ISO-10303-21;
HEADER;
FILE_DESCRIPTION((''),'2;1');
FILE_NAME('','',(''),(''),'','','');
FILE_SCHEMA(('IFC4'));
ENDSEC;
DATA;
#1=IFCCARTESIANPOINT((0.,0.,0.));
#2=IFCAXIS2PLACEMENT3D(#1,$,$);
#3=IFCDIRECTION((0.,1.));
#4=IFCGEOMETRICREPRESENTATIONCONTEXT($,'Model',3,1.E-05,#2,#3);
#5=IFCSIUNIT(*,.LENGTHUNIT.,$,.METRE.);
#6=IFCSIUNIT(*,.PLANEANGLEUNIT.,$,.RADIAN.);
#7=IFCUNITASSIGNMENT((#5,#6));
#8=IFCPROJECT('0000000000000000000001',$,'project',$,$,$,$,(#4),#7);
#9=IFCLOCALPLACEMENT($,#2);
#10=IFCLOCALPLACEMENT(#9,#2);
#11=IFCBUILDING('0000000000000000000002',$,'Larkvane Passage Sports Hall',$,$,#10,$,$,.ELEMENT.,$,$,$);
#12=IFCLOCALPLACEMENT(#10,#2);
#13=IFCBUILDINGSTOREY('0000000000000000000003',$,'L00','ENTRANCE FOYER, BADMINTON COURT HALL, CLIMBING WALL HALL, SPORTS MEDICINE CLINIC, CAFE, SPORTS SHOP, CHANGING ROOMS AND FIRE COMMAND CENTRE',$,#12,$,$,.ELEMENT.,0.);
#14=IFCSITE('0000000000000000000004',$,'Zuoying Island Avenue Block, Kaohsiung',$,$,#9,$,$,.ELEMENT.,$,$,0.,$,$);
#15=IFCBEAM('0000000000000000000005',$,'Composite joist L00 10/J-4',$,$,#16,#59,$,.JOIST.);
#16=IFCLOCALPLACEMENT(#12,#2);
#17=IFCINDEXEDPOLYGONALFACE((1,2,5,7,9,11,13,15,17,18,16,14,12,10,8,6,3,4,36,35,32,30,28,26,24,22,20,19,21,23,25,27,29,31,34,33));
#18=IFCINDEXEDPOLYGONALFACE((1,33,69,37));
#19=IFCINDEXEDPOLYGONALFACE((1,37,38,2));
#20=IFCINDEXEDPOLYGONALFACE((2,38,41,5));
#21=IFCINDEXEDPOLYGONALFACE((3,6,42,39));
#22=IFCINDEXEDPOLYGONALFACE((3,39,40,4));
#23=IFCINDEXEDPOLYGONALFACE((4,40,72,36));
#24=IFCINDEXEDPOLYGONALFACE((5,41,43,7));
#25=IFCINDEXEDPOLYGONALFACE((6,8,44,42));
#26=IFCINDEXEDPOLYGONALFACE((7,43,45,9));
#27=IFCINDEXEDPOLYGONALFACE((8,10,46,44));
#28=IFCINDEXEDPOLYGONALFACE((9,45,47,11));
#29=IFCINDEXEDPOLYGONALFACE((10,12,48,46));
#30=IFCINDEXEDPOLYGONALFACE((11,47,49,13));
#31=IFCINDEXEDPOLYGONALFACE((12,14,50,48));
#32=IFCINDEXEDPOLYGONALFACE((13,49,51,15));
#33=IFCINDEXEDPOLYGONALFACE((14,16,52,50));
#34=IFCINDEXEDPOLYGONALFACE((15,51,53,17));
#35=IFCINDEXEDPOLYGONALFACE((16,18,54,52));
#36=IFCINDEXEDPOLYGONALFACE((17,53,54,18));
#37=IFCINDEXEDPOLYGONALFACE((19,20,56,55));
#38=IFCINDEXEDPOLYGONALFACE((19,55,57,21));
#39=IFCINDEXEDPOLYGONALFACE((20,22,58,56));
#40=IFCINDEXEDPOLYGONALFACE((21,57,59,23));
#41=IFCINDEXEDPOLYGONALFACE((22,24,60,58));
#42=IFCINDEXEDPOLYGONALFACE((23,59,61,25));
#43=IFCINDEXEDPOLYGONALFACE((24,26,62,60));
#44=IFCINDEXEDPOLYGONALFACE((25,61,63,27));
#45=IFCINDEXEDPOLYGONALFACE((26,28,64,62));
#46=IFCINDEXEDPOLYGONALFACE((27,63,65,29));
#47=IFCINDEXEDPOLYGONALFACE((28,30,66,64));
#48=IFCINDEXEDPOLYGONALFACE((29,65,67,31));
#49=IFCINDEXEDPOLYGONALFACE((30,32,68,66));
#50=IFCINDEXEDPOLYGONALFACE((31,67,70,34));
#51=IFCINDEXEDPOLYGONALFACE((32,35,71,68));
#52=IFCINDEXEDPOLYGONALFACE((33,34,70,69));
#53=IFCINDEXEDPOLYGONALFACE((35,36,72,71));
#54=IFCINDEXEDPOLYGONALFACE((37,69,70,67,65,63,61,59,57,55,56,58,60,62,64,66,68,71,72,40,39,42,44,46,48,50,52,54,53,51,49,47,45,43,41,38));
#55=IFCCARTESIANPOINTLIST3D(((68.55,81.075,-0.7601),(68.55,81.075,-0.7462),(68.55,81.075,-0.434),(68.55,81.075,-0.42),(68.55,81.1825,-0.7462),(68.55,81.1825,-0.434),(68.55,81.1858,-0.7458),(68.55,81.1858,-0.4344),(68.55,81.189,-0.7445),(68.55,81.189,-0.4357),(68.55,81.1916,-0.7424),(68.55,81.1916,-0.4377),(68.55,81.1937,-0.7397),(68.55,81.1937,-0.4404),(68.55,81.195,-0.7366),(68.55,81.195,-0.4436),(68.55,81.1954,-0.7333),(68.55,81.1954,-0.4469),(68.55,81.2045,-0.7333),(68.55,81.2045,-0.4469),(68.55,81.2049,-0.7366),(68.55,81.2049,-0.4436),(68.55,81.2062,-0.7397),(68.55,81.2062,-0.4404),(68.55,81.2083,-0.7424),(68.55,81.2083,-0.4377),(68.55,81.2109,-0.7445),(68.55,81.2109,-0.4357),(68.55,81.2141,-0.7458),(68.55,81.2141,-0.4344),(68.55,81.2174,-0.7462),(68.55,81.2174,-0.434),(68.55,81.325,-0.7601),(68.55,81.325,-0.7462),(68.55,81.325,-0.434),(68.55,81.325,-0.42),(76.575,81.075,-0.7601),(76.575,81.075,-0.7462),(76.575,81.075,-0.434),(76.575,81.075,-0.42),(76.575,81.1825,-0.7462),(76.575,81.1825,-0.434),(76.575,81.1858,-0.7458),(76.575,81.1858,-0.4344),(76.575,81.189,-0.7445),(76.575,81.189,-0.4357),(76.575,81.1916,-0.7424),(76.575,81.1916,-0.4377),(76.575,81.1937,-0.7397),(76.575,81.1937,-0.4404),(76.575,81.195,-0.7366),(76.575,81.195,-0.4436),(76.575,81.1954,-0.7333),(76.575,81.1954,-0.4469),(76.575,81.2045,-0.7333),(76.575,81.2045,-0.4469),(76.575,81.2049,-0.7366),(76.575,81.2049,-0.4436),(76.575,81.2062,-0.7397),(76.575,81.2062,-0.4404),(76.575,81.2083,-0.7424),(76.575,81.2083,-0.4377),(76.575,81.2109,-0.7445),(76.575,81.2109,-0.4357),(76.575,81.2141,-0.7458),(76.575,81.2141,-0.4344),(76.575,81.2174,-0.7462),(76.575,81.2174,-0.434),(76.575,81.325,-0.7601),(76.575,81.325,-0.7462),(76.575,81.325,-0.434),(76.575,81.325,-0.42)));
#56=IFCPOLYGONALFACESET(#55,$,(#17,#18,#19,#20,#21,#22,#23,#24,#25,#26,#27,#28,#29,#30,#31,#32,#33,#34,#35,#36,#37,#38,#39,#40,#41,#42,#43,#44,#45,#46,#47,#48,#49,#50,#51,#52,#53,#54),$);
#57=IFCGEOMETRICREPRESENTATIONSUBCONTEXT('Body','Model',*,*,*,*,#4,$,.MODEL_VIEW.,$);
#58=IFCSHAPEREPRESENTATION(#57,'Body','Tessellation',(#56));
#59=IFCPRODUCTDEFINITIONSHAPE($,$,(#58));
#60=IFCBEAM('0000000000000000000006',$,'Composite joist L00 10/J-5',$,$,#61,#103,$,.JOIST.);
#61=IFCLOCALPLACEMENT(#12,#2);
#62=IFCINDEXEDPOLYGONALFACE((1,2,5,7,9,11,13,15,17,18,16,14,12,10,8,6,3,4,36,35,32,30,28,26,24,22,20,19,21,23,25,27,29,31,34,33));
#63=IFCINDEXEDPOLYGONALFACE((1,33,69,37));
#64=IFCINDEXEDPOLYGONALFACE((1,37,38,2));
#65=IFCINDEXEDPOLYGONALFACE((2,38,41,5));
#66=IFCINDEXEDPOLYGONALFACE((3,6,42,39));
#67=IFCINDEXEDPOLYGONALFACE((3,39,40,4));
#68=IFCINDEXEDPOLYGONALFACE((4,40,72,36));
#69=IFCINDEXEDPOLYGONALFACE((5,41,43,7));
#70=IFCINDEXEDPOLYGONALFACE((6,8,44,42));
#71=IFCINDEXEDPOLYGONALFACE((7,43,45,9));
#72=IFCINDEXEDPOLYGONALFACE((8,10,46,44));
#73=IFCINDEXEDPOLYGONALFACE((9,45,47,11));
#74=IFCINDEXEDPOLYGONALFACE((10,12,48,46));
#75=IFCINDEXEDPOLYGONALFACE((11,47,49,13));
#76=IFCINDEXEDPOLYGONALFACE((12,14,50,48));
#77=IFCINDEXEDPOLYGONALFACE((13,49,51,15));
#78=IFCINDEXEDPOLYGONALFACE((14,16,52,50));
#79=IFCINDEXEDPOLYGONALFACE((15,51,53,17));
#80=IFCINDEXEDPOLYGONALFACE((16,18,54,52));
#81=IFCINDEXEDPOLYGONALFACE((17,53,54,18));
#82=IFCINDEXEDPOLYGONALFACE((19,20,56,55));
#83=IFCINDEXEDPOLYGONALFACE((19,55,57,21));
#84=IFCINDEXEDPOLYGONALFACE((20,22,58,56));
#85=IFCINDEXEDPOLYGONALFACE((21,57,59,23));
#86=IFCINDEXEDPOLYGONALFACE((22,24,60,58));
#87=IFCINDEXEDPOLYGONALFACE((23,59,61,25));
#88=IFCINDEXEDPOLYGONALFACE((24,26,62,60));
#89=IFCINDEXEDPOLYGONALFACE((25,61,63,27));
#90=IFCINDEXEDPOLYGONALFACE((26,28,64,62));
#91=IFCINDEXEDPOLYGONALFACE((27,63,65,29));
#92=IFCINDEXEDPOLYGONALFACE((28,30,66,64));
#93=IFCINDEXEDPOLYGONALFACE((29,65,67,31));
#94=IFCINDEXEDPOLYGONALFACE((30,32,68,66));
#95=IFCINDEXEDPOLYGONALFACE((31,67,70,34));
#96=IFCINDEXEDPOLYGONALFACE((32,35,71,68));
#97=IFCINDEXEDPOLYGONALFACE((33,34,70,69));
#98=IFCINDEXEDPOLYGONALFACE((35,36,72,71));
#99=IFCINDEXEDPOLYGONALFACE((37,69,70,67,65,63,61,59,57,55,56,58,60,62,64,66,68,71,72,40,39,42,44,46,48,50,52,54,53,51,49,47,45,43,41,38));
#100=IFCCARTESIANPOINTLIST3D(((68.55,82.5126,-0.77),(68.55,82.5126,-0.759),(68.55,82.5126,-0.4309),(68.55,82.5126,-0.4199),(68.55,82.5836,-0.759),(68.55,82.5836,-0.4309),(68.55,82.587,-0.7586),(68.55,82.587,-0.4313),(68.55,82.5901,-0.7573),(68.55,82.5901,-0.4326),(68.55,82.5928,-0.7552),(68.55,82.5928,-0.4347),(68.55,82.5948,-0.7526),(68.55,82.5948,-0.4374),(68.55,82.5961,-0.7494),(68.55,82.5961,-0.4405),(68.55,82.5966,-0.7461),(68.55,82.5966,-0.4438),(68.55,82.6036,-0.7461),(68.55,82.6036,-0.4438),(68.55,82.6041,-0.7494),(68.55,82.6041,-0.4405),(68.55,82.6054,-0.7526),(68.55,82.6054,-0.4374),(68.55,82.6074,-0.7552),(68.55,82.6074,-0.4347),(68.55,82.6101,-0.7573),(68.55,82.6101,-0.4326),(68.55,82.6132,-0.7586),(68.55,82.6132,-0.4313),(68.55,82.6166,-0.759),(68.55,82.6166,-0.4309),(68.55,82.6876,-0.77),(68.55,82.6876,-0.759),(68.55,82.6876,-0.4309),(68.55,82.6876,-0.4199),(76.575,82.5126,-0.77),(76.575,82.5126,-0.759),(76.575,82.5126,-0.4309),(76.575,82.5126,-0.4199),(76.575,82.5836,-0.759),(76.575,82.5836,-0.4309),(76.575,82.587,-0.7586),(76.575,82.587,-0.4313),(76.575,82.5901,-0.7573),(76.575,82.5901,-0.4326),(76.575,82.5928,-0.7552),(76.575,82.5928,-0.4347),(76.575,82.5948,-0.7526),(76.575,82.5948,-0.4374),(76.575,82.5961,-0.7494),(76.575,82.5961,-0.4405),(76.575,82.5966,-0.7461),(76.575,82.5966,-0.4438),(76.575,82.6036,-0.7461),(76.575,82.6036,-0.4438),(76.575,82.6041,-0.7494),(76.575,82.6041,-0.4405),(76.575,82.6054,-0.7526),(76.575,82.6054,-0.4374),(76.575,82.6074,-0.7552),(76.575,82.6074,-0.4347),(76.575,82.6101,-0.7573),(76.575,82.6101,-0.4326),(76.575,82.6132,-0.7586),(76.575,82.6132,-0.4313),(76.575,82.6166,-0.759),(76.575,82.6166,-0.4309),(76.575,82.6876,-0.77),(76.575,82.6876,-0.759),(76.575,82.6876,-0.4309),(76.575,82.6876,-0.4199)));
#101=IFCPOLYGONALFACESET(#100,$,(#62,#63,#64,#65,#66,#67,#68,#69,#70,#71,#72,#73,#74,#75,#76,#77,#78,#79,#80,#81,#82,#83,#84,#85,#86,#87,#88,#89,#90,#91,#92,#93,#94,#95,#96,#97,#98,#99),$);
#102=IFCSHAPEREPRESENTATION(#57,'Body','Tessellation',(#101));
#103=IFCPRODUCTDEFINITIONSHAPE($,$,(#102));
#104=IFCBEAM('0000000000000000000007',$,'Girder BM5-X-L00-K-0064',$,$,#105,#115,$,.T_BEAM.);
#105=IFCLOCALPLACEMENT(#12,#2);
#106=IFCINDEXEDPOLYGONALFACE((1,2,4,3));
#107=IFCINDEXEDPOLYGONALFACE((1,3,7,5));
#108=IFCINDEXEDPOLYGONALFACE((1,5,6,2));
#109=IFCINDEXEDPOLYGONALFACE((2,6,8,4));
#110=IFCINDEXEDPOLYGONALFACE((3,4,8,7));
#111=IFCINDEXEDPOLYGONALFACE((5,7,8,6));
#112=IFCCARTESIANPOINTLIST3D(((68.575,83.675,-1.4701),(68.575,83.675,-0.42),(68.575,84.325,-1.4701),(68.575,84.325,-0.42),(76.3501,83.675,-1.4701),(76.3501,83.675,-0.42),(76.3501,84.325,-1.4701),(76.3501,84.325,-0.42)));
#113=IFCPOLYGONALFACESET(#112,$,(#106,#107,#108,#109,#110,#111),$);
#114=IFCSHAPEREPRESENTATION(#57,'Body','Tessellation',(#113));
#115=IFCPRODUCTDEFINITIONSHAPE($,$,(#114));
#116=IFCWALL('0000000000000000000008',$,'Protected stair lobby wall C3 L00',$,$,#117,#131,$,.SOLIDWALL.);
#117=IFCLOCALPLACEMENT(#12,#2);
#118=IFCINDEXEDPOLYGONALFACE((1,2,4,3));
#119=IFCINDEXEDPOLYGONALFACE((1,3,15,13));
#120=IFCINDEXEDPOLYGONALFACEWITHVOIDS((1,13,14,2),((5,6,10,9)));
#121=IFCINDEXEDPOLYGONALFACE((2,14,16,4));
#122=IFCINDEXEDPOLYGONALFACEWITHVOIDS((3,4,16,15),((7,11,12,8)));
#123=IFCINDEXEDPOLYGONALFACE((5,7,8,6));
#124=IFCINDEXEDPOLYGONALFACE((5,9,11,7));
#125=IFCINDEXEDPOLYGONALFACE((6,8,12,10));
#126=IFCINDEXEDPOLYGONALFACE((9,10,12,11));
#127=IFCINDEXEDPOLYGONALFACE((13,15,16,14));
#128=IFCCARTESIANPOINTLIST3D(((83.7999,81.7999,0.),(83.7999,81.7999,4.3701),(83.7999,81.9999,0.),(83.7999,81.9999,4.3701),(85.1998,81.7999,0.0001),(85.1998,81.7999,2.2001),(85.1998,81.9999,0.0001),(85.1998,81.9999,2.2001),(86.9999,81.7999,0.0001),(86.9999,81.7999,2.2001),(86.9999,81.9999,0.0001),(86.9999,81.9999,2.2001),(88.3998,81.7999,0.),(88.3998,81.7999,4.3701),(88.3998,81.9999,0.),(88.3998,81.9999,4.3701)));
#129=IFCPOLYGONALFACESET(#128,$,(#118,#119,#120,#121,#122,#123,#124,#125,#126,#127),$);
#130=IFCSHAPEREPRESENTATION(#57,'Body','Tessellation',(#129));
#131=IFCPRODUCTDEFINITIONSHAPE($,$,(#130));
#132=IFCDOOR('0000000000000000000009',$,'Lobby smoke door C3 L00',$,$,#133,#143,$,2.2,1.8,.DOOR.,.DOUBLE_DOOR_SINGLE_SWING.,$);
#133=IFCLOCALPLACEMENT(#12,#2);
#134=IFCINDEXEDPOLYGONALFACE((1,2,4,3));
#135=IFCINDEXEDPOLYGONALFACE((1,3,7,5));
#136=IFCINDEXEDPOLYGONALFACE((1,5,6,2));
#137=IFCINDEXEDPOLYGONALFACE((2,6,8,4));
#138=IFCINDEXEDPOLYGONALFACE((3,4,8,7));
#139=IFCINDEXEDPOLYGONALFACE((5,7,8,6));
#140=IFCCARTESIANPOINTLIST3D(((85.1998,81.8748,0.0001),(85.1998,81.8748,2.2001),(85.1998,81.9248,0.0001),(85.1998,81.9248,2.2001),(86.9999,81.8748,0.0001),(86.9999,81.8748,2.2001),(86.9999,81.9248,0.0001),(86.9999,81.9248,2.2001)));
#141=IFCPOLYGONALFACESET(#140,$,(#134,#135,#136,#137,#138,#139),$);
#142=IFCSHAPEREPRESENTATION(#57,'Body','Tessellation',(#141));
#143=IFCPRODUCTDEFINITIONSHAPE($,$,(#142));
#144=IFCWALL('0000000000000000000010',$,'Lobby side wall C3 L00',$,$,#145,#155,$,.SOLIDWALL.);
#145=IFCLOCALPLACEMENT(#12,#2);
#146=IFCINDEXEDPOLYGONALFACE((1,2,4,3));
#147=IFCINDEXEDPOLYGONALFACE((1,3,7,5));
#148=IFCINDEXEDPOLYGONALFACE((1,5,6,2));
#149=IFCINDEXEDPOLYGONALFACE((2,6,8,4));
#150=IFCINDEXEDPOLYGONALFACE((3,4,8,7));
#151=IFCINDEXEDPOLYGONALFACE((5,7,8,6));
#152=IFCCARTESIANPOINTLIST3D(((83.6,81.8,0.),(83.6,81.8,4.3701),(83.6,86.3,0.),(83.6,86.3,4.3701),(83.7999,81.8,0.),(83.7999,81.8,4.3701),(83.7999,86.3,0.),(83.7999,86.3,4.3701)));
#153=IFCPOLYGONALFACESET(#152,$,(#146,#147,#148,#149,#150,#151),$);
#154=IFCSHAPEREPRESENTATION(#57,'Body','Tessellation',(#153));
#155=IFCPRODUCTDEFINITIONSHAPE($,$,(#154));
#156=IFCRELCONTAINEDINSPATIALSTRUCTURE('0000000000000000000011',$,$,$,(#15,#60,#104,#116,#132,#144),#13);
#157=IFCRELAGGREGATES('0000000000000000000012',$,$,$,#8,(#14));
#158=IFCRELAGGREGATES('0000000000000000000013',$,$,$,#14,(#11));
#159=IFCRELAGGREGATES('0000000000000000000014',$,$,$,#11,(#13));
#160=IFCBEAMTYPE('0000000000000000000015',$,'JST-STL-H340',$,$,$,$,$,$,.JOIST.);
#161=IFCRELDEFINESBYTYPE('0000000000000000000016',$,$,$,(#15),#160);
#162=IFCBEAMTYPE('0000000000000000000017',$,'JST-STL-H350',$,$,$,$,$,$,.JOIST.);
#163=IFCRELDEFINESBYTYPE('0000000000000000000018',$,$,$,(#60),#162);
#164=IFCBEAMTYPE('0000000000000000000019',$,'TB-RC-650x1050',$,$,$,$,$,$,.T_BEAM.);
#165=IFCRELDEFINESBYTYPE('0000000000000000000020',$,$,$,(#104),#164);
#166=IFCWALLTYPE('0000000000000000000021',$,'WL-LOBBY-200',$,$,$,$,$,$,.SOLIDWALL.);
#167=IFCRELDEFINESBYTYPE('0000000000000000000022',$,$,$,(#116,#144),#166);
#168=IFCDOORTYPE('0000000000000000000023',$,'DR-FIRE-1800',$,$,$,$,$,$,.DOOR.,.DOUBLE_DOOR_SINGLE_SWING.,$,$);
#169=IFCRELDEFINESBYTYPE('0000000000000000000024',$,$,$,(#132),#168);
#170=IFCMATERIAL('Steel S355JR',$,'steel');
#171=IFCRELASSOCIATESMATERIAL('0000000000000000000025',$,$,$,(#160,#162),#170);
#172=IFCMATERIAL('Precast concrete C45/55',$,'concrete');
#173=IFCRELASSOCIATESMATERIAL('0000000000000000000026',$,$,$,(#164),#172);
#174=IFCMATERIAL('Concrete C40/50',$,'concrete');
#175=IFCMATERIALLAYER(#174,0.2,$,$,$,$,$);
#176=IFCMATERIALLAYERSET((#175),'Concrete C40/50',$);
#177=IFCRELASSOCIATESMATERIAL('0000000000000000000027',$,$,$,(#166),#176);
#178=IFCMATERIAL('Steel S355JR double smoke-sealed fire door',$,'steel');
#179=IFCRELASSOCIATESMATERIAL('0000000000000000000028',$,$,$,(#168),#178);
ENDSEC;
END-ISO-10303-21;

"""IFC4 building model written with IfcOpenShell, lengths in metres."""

from ifc_helpers import new_model, si_unit, direction, frame, frame_2d, origin, origin_2d, place, context, subcontext, project, spatial, rectangle, i_section, extrude, material, layer, layer_set, material_profile, profile_set, type_object, element, fill, save


model = new_model("IFC4")

# Units and contexts
model_context = context("Model", 3, precision=1e-05, world=origin(), true_north=direction((0.0, 1.0)))
body_context = subcontext(model_context, "Body", "Model", "MODEL_VIEW")
ifc_project = project(units=[si_unit("LENGTHUNIT", "METRE"), si_unit("PLANEANGLEUNIT", "RADIAN")], contexts=[model_context])

# Site, building, storey
site_placement = place(None, origin())
site = spatial("IfcSite", under=ifc_project, at=site_placement, Name="Zuoying Island Avenue Block, Kaohsiung", CompositionType="ELEMENT", RefElevation=0.0)
building_placement = place(site_placement, origin())
building = spatial("IfcBuilding", under=site, at=building_placement, Name="Larkvane Passage Sports Hall", CompositionType="ELEMENT")
storey_placement = place(building_placement, origin())
storey = spatial("IfcBuildingStorey", under=building, at=storey_placement, Name="L00", Description="ENTRANCE FOYER, BADMINTON COURT HALL, CLIMBING WALL HALL, SPORTS MEDICINE CLINIC, CAFE, SPORTS SHOP, CHANGING ROOMS AND FIRE COMMAND CENTRE", CompositionType="ELEMENT", Elevation=0.0)

# Shared definitions
ifc_material_1 = material(Name="Steel S355JR", Category="steel")

# Beams
ifc_material_2 = material(Name="Concrete C40/50", Category="concrete")
ifc_material_profile_1 = material_profile(ifc_material_1, i_section(OverallWidth=0.25, OverallDepth=0.3401, WebThickness=0.009, FlangeThickness=0.0139, FilletRadius=0.0129, at=origin_2d()), Name="H-340x250x9x14")
ifc_profile_set_1 = profile_set([ifc_material_profile_1], Name="Steel S355JR")
beam_type_1 = type_object("IfcBeamType", Name="JST-STL-H340", PredefinedType="JOIST", material=ifc_profile_set_1)
beam_1_placement = place(storey_placement, frame((68.55, 81.2, -0.5901), z_axis=(1.0, 0.0, 0.0), x_axis=(0.0, 1.0, 0.0)))
element("IfcBeam", 1, at=beam_1_placement, inside=storey, type_object=beam_type_1, Name="Composite joist L00 10/J-4", PredefinedType="JOIST", context=body_context, shape_type="SweptSolid", body=[
    extrude(i_section(OverallWidth=0.25, OverallDepth=0.3401, WebThickness=0.009, FlangeThickness=0.0139, FilletRadius=0.0129, at=origin_2d()), origin(), (0.0, 0.0, 1.0), 8.0249),
])
ifc_material_profile_2 = material_profile(ifc_material_1, i_section(OverallWidth=0.175, OverallDepth=0.3501, WebThickness=0.0071, FlangeThickness=0.011, FilletRadius=0.0129, at=origin_2d()), Name="H-350x175x7x11")
ifc_profile_set_2 = profile_set([ifc_material_profile_2], Name="Steel S355JR")
beam_type_2 = type_object("IfcBeamType", Name="JST-STL-H350", PredefinedType="JOIST", material=ifc_profile_set_2)
beam_2_placement = place(storey_placement, frame((68.55, 82.6001, -0.595), z_axis=(1.0, 0.0, 0.0), x_axis=(0.0, 1.0, 0.0)))
element("IfcBeam", 2, at=beam_2_placement, inside=storey, type_object=beam_type_2, Name="Composite joist L00 10/J-5", PredefinedType="JOIST", context=body_context, shape_type="SweptSolid", body=[
    extrude(i_section(OverallWidth=0.175, OverallDepth=0.3501, WebThickness=0.0071, FlangeThickness=0.011, FilletRadius=0.0129, at=origin_2d()), origin(), (0.0, 0.0, 1.0), 8.0249),
])
ifc_material_3 = material(Name="Precast concrete C45/55", Category="concrete")
ifc_material_profile_3 = material_profile(ifc_material_3, rectangle(XDim=0.6499, YDim=1.05, at=origin_2d()), Name="RC-TB-650x1050")
ifc_profile_set_3 = profile_set([ifc_material_profile_3], Name="Precast concrete C45/55")
beam_type_3 = type_object("IfcBeamType", Name="TB-RC-650x1050", PredefinedType="T_BEAM", material=ifc_profile_set_3)
beam_3_placement = place(storey_placement, frame((68.575, 84.0, -0.9451), z_axis=(1.0, 0.0, 0.0), x_axis=(0.0, 1.0, 0.0)))
element("IfcBeam", 3, at=beam_3_placement, inside=storey, type_object=beam_type_3, Name="Girder BM5-X-L00-K-0064", PredefinedType="T_BEAM", context=body_context, shape_type="SweptSolid", body=[
    extrude(rectangle(XDim=0.6499, YDim=1.05, at=origin_2d()), origin(), (0.0, 0.0, 1.0), 7.7751),
])

# Wall, opening, door
ifc_layer_1 = layer(ifc_material_2, 0.2)
ifc_layer_set_1 = layer_set([ifc_layer_1], Name="Concrete C40/50")
wall_type_1 = type_object("IfcWallType", Name="WL-LOBBY-200", PredefinedType="SOLIDWALL", material=ifc_layer_set_1)
wall_1_placement = place(storey_placement, frame((83.8, 81.8999, 0.0), z_axis=(0.0, 0.0, 1.0), x_axis=(1.0, 0.0, 0.0)))
wall_1 = element("IfcWall", 4, at=wall_1_placement, inside=storey, type_object=wall_type_1, Name="Protected stair lobby wall C3 L00", PredefinedType="SOLIDWALL", context=body_context, shape_type="SweptSolid", body=[
    extrude(rectangle(XDim=4.5999, YDim=0.2, at=frame_2d((2.2998, 0.0))), origin(), (0.0, 0.0, 1.0), 4.3701),
])
opening_1_placement = place(wall_1_placement, frame((1.3999, 0.0, 0.0)))
opening_1 = element("IfcOpeningElement", 5, at=opening_1_placement, cuts=wall_1, PredefinedType="OPENING", context=body_context, shape_type="SweptSolid", body=[
    extrude(rectangle(XDim=1.8, YDim=2.2, at=frame_2d((0.8999, 1.1001))), frame((0.0, 0.1099, 0.0), z_axis=(0.0, -1.0, 0.0), x_axis=(1.0, 0.0, 0.0)), (0.0, 0.0, 1.0), 0.22),
])
ifc_material_4 = material(Name="Steel S355JR double smoke-sealed fire door", Category="steel")
door_type_1 = type_object("IfcDoorType", Name="DR-FIRE-1800", OperationType="DOUBLE_DOOR_SINGLE_SWING", PredefinedType="DOOR", material=ifc_material_4)
door_1_placement = place(opening_1_placement, origin())
door_1 = element("IfcDoor", 6, at=door_1_placement, inside=storey, type_object=door_type_1, Name="Lobby smoke door C3 L00", OperationType="DOUBLE_DOOR_SINGLE_SWING", OverallHeight=2.2, OverallWidth=1.8, PredefinedType="DOOR", context=body_context, shape_type="SweptSolid", body=[
    extrude(rectangle(XDim=1.8, YDim=2.2, at=frame_2d((0.8999, 1.1001))), frame((0.0, 0.0249, 0.0), z_axis=(0.0, -1.0, 0.0), x_axis=(1.0, 0.0, 0.0)), (0.0, 0.0, 1.0), 0.05),
])
fill(opening_1, door_1)

# Wall
wall_2_placement = place(storey_placement, frame((83.7, 81.8, 0.0), z_axis=(0.0, 0.0, 1.0), x_axis=(0.0, 1.0, 0.0)))
element("IfcWall", 7, at=wall_2_placement, inside=storey, type_object=wall_type_1, Name="Lobby side wall C3 L00", PredefinedType="SOLIDWALL", context=body_context, shape_type="SweptSolid", body=[
    extrude(rectangle(XDim=4.5, YDim=0.2, at=frame_2d((2.25, 0.0))), origin(), (0.0, 0.0, 1.0), 4.3701),
])

save(model, "model.ifc")
